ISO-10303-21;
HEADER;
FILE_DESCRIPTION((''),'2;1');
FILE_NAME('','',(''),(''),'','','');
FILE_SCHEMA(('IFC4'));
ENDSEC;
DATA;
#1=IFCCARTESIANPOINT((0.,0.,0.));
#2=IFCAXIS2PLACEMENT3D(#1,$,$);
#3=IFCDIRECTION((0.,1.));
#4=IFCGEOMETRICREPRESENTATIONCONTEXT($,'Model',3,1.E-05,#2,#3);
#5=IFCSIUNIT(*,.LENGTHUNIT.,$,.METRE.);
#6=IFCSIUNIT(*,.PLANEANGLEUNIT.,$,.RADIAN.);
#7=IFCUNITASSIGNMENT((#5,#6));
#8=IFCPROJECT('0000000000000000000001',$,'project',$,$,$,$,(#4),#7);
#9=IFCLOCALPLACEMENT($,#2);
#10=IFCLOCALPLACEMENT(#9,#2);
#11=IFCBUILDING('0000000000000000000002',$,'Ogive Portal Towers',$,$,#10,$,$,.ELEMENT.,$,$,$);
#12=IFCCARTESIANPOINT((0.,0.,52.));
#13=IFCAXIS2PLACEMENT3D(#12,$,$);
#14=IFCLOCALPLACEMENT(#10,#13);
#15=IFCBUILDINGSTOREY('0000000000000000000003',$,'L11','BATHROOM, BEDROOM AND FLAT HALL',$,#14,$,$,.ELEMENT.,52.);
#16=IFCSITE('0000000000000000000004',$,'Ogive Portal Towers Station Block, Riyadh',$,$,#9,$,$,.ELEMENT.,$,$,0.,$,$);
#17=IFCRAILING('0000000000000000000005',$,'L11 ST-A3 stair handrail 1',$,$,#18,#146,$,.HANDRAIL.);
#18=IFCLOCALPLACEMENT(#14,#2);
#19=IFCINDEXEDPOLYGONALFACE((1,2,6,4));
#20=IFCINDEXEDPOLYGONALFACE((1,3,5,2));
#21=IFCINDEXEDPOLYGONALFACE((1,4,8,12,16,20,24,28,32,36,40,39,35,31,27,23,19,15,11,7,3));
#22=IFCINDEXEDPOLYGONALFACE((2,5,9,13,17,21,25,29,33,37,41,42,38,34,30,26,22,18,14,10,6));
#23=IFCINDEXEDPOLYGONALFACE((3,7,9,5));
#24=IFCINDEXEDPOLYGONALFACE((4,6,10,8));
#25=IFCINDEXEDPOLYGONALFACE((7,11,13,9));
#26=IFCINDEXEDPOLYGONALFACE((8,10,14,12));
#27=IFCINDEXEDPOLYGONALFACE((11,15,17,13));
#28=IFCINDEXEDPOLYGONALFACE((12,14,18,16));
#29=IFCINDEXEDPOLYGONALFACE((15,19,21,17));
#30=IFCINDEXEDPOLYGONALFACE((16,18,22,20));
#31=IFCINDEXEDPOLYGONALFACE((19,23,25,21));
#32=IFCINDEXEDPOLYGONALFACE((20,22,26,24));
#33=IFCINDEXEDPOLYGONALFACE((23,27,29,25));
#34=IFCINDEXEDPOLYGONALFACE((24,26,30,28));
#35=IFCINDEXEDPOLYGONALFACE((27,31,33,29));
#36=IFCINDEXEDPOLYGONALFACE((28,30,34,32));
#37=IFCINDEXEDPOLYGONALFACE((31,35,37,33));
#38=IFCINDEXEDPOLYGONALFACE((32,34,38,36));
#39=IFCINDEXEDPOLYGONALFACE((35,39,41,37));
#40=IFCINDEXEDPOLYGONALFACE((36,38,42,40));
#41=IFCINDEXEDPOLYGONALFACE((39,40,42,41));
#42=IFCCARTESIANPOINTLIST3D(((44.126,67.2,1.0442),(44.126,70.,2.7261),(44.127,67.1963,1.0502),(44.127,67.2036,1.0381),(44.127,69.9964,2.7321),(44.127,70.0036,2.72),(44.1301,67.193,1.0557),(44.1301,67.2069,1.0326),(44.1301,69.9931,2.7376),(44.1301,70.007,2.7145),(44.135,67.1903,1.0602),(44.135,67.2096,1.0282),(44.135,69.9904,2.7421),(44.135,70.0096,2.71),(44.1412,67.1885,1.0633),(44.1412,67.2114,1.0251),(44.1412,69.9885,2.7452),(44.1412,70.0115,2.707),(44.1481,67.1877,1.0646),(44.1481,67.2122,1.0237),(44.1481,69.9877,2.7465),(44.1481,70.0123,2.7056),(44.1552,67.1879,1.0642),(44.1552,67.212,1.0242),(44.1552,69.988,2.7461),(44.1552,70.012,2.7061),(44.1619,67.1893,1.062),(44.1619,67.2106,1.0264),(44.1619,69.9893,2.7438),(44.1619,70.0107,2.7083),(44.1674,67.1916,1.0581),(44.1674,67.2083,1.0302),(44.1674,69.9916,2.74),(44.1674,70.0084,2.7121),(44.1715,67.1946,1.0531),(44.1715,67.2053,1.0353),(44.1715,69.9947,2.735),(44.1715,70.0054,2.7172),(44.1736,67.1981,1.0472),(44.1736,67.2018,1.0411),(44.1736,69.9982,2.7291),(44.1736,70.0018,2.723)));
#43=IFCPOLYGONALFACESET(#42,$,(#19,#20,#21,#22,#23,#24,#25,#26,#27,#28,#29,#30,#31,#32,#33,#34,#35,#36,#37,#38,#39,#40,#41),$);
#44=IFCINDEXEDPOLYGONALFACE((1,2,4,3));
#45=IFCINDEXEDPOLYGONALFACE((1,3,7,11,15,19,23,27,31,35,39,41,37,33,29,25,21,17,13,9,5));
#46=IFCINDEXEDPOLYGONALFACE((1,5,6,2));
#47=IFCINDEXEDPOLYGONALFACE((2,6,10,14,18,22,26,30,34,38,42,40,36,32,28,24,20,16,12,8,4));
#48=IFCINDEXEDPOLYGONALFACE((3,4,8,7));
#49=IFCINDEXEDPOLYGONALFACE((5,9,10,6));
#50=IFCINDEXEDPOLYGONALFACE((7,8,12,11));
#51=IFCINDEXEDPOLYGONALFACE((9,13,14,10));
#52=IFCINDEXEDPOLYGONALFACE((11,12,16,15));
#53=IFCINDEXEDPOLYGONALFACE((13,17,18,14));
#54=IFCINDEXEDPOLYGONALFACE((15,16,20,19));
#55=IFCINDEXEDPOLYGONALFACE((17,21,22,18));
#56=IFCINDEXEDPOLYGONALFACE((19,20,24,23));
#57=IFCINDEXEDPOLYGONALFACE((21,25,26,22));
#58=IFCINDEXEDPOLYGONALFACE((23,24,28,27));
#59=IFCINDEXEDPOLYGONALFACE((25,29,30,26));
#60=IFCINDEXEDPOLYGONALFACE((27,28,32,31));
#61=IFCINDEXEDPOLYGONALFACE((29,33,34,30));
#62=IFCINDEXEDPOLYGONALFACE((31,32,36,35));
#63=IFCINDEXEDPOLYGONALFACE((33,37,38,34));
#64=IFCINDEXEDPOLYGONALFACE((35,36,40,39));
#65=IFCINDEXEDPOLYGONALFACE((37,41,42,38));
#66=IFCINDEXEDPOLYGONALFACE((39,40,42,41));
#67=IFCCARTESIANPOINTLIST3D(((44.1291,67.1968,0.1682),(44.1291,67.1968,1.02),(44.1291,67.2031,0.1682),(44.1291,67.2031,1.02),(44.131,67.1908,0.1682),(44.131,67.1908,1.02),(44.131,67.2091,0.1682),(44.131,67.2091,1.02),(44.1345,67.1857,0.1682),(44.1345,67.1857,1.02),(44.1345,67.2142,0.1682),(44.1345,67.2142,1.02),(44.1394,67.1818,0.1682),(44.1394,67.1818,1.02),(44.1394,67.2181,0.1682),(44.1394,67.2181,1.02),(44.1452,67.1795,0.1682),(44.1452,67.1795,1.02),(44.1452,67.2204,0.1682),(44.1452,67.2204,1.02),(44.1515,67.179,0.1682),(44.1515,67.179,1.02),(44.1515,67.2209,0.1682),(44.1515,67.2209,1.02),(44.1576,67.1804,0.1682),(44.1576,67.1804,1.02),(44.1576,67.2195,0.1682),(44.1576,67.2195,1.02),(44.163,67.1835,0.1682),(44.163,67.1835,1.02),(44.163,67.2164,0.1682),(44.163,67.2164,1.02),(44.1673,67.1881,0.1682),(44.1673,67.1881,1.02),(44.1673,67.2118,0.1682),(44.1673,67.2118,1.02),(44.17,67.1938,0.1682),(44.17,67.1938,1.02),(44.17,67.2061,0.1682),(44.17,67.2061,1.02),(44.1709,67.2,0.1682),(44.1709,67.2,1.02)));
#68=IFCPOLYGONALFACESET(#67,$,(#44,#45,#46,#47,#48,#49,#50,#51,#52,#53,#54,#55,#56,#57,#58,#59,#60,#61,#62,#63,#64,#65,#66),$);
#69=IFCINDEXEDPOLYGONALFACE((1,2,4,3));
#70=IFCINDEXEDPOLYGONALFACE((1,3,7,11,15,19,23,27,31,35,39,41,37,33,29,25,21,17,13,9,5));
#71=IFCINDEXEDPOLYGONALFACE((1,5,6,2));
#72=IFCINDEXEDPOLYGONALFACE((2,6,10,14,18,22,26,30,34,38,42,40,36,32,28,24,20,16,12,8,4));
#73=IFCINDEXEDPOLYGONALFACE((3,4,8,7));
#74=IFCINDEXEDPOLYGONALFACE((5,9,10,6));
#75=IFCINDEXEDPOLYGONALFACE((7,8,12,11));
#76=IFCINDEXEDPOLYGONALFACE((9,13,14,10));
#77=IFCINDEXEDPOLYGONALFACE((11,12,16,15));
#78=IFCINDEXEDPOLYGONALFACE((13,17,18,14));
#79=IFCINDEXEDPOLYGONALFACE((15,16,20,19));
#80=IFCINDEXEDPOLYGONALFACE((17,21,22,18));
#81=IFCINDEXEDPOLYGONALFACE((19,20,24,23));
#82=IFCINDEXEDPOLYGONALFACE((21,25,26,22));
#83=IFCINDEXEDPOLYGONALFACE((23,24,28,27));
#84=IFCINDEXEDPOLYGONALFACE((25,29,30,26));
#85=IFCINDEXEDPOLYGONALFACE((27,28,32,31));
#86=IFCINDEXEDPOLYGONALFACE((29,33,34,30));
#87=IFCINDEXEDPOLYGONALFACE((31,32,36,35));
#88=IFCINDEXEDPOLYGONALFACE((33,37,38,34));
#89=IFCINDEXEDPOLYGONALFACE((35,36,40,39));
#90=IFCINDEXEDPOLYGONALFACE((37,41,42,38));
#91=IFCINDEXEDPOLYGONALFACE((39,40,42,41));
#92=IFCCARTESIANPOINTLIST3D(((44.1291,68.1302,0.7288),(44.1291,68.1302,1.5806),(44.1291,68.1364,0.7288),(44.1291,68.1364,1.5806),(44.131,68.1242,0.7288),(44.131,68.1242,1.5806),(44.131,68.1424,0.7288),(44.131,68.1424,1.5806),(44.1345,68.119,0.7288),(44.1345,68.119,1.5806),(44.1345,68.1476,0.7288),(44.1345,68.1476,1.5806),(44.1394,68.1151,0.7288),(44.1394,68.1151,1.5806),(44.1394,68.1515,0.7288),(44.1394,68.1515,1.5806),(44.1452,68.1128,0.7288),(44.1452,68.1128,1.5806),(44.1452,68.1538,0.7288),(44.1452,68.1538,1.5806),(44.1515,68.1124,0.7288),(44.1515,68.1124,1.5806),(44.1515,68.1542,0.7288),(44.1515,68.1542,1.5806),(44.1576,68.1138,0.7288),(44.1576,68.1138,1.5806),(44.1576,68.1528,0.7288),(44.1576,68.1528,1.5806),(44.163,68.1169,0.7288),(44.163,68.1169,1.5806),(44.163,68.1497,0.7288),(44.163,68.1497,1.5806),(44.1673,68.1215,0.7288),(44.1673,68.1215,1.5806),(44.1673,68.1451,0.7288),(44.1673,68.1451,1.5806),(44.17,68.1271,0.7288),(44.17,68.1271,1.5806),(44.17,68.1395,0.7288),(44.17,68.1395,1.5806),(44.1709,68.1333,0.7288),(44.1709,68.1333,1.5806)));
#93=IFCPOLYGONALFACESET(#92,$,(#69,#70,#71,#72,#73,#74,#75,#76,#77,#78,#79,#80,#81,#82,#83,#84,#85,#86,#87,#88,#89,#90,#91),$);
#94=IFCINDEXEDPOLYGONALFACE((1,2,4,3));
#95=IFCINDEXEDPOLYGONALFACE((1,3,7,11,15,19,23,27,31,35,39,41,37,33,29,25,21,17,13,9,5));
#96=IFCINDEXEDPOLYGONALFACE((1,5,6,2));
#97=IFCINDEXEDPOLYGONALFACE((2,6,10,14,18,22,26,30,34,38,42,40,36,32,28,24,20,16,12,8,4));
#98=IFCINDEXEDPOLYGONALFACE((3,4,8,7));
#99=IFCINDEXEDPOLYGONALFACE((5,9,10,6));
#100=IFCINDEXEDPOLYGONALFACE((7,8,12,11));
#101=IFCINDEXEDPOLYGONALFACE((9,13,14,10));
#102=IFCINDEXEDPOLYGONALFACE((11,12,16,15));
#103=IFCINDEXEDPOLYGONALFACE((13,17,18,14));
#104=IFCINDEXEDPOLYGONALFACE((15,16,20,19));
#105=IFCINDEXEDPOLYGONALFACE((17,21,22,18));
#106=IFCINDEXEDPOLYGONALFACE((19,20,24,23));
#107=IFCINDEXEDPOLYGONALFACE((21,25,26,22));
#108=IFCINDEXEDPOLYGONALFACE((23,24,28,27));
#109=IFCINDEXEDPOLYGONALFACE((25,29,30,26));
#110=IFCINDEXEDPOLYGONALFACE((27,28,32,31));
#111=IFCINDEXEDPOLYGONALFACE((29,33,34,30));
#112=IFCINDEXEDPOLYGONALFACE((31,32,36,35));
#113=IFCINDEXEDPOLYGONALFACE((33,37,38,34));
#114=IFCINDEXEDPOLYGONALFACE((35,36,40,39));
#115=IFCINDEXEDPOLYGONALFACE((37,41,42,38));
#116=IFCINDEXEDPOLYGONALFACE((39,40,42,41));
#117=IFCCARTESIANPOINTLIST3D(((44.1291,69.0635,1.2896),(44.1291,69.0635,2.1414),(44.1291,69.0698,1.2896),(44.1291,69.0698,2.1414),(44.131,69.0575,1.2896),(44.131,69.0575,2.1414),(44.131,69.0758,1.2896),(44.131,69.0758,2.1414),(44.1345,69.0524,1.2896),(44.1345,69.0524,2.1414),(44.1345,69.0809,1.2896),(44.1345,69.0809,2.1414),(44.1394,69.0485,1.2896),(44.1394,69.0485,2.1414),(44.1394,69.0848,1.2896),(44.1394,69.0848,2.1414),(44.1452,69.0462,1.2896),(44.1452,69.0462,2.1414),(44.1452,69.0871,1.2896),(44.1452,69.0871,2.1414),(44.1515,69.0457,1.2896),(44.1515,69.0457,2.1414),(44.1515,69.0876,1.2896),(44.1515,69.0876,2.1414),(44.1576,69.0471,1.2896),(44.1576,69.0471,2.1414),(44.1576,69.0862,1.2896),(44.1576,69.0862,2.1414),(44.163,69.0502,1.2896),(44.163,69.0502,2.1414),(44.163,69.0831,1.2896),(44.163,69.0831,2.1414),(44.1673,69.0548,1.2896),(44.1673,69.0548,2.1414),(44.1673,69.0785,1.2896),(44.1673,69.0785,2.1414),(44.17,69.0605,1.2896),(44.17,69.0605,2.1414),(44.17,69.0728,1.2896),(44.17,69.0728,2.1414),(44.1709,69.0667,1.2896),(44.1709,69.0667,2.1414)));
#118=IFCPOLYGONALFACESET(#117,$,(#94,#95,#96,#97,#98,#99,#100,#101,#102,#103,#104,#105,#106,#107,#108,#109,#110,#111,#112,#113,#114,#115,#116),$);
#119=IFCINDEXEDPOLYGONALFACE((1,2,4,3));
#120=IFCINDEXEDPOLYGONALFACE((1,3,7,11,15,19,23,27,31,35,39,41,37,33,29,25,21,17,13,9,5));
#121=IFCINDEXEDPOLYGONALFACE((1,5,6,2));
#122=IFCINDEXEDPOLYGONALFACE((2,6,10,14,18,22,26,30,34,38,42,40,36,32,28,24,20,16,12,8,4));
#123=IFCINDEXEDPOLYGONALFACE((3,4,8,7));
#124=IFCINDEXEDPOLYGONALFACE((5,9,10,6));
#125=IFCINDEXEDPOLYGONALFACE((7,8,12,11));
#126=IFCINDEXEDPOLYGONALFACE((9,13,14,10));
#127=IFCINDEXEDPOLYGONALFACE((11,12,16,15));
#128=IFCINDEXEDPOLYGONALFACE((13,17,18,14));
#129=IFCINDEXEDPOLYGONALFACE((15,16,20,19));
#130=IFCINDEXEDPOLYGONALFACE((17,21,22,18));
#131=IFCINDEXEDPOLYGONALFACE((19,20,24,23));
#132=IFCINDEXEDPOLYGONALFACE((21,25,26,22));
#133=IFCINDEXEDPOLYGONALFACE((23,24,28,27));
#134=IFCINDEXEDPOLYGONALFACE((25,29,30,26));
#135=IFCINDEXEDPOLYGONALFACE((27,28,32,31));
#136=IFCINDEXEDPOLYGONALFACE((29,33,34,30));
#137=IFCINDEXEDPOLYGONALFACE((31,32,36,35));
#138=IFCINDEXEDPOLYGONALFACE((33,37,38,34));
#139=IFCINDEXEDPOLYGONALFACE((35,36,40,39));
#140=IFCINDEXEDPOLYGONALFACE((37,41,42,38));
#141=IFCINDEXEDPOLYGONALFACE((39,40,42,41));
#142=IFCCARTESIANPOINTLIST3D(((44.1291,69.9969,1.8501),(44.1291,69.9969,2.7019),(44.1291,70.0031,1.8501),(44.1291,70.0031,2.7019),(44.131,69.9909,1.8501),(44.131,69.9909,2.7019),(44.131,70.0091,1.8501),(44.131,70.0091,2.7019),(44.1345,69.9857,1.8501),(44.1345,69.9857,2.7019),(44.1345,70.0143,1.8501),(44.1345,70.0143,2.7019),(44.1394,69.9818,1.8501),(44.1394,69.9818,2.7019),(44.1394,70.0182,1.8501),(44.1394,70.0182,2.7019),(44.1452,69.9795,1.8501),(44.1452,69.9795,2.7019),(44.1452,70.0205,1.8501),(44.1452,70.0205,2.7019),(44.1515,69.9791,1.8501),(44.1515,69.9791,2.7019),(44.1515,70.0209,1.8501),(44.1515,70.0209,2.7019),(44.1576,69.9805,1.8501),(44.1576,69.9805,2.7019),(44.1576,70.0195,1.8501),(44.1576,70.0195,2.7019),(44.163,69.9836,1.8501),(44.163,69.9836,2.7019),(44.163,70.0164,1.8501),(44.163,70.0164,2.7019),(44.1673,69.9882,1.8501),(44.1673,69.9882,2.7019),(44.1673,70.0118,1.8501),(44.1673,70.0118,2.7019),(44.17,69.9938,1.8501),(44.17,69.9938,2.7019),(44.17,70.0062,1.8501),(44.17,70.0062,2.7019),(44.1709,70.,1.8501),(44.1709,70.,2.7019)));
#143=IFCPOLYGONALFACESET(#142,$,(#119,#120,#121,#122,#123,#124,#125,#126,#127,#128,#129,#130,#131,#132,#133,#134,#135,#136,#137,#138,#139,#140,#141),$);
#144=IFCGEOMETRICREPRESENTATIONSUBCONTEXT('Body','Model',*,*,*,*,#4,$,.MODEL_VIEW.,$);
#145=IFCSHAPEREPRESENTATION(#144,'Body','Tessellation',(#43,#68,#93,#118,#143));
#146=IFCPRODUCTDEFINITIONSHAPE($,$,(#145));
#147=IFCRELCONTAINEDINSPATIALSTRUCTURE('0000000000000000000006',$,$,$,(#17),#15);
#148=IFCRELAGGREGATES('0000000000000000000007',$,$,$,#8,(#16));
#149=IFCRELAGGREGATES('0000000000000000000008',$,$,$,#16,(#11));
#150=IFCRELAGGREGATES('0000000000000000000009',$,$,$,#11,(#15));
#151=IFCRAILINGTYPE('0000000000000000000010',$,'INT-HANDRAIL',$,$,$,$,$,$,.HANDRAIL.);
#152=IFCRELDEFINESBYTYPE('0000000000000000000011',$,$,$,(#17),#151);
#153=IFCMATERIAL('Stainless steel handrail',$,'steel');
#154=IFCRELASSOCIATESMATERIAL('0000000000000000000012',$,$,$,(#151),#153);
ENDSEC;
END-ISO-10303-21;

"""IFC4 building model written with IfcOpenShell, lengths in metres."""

from ifc_helpers import new_model, si_unit, direction, frame, origin, origin_2d, place, context, subcontext, project, spatial, circle, extrude, material, type_object, element, save


model = new_model("IFC4")

# Units and contexts
model_context = context("Model", 3, precision=1e-05, world=origin(), true_north=direction((0.0, 1.0)))
body_context = subcontext(model_context, "Body", "Model", "MODEL_VIEW")
ifc_project = project(units=[si_unit("LENGTHUNIT", "METRE"), si_unit("PLANEANGLEUNIT", "RADIAN")], contexts=[model_context])

# Site, building, storey
site_placement = place(None, origin())
site = spatial("IfcSite", under=ifc_project, at=site_placement, Name="Ogive Portal Towers Station Block, Riyadh", CompositionType="ELEMENT", RefElevation=0.0)
building_placement = place(site_placement, origin())
building = spatial("IfcBuilding", under=site, at=building_placement, Name="Ogive Portal Towers", CompositionType="ELEMENT")
storey_placement = place(building_placement, frame((0.0, 0.0, 52.0)))
storey = spatial("IfcBuildingStorey", under=building, at=storey_placement, Name="L11", Description="BATHROOM, BEDROOM AND FLAT HALL", CompositionType="ELEMENT", Elevation=52.0)

# Railing
ifc_material_1 = material(Name="Stainless steel handrail", Category="steel")
railing_type = type_object("IfcRailingType", Name="INT-HANDRAIL", PredefinedType="HANDRAIL", material=ifc_material_1)
railing_placement = place(storey_placement, frame((44.1499, 67.2, 0.1682)))
element("IfcRailing", 1, at=railing_placement, inside=storey, type_object=railing_type, Name="L11 ST-A3 stair handrail 1", PredefinedType="HANDRAIL", context=body_context, shape_type="SweptSolid", body=[
    extrude(circle(Radius=0.0239, at=origin_2d()), frame((0.0, 0.0, 0.876), z_axis=(0.0, 0.857242, 0.514913), x_axis=(-1.0, 0.0, 0.0)), (0.0, 0.0, 1.0), 3.2664),
    extrude(circle(Radius=0.021, at=origin_2d()), origin(), (0.0, 0.0, 1.0), 0.8518),
    extrude(circle(Radius=0.021, at=origin_2d()), frame((0.0, 0.9333, 0.5605)), (0.0, 0.0, 1.0), 0.8518),
    extrude(circle(Radius=0.021, at=origin_2d()), frame((0.0, 1.8667, 1.1213)), (0.0, 0.0, 1.0), 0.8518),
    extrude(circle(Radius=0.021, at=origin_2d()), frame((0.0, 2.8, 1.6819)), (0.0, 0.0, 1.0), 0.8518),
])

save(model, "model.ifc")
